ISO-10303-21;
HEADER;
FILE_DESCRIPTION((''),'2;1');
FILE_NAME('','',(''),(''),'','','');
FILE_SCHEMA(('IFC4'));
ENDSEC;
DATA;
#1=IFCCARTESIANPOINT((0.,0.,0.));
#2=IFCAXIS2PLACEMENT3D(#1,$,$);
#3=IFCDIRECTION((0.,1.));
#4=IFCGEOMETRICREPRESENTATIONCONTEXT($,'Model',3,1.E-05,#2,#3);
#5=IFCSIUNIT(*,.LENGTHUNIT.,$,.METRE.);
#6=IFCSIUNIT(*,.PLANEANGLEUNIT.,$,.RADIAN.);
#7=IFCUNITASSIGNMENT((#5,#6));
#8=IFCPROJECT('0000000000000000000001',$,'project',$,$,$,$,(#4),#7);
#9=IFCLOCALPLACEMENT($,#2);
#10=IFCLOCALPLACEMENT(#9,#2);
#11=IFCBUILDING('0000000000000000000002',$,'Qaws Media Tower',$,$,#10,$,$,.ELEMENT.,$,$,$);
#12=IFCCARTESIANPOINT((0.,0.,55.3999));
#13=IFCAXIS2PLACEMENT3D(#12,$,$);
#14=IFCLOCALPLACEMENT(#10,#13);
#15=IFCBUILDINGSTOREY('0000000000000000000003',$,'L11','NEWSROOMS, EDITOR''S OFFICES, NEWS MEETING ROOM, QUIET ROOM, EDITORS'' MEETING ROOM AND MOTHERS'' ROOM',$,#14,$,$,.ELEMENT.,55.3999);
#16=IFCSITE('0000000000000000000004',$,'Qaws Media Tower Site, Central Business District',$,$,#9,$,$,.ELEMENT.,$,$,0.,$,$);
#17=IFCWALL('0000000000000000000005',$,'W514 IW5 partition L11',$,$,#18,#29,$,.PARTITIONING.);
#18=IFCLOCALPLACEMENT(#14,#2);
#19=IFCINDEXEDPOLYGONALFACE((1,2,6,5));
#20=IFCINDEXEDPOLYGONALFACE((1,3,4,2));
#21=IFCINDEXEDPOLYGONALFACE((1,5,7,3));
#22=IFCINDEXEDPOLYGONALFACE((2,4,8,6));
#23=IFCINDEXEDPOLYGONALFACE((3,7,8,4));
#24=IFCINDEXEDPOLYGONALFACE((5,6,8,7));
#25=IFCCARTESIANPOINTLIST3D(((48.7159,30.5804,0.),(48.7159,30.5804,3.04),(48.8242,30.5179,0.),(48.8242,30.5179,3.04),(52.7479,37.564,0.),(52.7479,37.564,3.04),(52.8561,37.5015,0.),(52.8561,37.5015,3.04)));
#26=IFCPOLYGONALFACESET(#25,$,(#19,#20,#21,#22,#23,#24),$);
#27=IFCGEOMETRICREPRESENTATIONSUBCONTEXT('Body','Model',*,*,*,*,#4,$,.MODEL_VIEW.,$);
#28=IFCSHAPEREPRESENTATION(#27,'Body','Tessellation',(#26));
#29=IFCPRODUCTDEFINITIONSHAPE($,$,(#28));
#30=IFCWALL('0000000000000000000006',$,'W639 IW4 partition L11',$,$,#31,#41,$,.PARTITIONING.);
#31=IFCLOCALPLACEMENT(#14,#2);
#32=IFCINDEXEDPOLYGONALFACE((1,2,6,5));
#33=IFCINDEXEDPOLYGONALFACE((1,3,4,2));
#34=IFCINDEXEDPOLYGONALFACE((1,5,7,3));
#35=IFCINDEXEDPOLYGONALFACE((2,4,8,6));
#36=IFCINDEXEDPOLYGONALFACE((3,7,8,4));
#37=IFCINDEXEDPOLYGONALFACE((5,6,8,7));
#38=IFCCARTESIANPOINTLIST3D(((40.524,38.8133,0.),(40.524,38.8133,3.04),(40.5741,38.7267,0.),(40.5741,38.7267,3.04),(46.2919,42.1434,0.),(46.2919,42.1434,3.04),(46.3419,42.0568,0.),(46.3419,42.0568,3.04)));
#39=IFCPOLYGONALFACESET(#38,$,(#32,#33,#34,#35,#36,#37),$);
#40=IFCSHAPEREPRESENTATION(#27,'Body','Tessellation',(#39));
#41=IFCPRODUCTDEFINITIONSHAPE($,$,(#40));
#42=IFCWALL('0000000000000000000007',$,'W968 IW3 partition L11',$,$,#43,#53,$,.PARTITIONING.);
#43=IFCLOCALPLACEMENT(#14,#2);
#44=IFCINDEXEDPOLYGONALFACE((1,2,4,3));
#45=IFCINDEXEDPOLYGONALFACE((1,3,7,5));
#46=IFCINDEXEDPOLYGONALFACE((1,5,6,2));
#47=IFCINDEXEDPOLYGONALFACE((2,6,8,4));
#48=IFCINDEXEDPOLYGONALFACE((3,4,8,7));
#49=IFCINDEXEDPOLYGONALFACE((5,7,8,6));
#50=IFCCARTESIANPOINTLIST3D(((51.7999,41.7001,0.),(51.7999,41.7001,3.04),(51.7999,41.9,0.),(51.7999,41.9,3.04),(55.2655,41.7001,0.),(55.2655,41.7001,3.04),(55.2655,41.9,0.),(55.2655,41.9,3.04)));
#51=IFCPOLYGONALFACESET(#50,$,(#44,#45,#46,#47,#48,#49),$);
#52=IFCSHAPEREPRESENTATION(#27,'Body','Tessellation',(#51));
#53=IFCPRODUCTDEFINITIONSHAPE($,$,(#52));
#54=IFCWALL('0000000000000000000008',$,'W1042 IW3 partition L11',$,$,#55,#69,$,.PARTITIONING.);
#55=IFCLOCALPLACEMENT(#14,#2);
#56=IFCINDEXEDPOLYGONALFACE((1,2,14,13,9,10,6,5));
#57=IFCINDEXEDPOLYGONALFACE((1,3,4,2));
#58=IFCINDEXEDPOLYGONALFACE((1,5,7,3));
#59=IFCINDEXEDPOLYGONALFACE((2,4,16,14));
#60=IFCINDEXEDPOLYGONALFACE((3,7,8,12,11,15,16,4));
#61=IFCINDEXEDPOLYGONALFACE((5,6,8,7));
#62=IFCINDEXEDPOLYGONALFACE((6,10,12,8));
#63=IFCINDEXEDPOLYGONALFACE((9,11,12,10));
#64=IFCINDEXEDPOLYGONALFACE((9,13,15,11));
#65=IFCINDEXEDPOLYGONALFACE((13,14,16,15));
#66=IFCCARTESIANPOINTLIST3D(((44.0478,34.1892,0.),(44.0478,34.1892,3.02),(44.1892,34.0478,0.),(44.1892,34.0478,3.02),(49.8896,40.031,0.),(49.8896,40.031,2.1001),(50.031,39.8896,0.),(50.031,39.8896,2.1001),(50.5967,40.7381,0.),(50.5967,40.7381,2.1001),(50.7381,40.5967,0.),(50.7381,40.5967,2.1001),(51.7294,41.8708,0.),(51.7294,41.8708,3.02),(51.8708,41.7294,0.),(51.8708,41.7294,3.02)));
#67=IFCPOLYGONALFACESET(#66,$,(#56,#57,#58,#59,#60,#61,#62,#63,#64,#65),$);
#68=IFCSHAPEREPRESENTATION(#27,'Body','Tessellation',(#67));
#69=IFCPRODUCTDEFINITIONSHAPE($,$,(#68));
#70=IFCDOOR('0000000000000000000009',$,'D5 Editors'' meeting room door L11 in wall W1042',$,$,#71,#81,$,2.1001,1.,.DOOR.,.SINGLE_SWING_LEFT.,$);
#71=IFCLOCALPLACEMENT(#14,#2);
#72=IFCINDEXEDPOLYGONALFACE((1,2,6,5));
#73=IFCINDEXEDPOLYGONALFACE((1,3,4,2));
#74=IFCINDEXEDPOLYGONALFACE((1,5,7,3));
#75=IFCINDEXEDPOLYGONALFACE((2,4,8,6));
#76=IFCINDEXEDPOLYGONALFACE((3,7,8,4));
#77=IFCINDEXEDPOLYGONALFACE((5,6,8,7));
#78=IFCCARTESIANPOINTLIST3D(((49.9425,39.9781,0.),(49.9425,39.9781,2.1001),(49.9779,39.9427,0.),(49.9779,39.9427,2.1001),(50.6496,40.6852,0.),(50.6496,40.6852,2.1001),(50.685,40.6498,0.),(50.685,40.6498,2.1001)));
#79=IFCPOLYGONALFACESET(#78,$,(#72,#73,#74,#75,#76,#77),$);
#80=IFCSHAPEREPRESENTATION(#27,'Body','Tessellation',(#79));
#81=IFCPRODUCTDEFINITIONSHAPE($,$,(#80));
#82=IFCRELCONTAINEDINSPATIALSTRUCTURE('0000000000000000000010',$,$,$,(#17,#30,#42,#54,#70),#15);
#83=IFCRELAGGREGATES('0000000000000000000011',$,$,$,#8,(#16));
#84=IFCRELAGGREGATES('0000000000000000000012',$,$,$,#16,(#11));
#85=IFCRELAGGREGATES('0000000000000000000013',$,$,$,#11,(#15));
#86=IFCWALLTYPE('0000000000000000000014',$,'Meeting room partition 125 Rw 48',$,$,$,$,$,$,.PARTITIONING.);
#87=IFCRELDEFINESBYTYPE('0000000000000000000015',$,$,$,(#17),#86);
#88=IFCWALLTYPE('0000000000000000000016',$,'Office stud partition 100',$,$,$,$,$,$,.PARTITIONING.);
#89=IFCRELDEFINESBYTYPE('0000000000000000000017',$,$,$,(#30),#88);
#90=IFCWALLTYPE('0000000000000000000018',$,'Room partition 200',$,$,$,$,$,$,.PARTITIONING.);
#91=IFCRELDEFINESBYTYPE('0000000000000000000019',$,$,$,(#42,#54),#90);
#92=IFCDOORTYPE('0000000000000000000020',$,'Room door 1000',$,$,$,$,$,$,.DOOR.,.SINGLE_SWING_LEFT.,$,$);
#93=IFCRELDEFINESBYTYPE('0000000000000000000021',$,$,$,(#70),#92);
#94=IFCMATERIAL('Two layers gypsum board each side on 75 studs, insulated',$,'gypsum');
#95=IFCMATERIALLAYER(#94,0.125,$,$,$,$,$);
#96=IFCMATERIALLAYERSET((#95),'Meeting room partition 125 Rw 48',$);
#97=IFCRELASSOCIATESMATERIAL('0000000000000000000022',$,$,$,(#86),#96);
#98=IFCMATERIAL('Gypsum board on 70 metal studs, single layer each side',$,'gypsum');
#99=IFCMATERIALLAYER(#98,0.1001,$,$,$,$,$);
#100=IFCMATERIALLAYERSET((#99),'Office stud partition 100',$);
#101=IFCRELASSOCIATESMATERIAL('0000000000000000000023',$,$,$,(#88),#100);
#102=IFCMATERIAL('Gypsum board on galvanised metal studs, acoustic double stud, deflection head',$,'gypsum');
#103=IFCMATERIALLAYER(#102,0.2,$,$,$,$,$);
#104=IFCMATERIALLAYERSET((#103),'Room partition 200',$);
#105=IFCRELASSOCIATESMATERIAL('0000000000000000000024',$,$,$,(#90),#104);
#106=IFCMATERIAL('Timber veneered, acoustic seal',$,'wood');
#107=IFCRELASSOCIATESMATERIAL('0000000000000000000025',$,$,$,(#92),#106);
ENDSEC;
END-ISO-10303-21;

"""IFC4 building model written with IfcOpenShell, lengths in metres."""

from ifc_helpers import new_model, si_unit, direction, frame, frame_2d, origin, place, context, subcontext, project, spatial, rectangle, extrude, material, layer, layer_set, type_object, element, fill, save


model = new_model("IFC4")

# Units and contexts
model_context = context("Model", 3, precision=1e-05, world=origin(), true_north=direction((0.0, 1.0)))
body_context = subcontext(model_context, "Body", "Model", "MODEL_VIEW")
ifc_project = project(units=[si_unit("LENGTHUNIT", "METRE"), si_unit("PLANEANGLEUNIT", "RADIAN")], contexts=[model_context])

# Site, building, storey
site_placement = place(None, origin())
site = spatial("IfcSite", under=ifc_project, at=site_placement, Name="Qaws Media Tower Site, Central Business District", CompositionType="ELEMENT", RefElevation=0.0)
building_placement = place(site_placement, origin())
building = spatial("IfcBuilding", under=site, at=building_placement, Name="Qaws Media Tower", CompositionType="ELEMENT")
storey_placement = place(building_placement, frame((0.0, 0.0, 55.3999)))
storey = spatial("IfcBuildingStorey", under=building, at=storey_placement, Name="L11", Description="NEWSROOMS, EDITOR'S OFFICES, NEWS MEETING ROOM, QUIET ROOM, EDITORS' MEETING ROOM AND MOTHERS' ROOM", CompositionType="ELEMENT", Elevation=55.3999)

# Walls
ifc_material_1 = material(Name="Two layers gypsum board each side on 75 studs, insulated", Category="gypsum")
ifc_layer_1 = layer(ifc_material_1, 0.125)
ifc_layer_set_1 = layer_set([ifc_layer_1], Name="Meeting room partition 125 Rw 48")
wall_type_1 = type_object("IfcWallType", Name="Meeting room partition 125 Rw 48", PredefinedType="PARTITIONING", material=ifc_layer_set_1)
wall_1_placement = place(storey_placement, frame((52.802, 37.5327, 0.0), z_axis=(0.0, 0.0, 1.0), x_axis=(-0.499998, -0.866027, 0.0)))
element("IfcWall", 1, at=wall_1_placement, inside=storey, type_object=wall_type_1, Name="W514 IW5 partition L11", PredefinedType="PARTITIONING", context=body_context, shape_type="SweptSolid", body=[
    extrude(rectangle(XDim=8.064, YDim=0.125, at=frame_2d((4.032, 0.0))), origin(), (0.0, 0.0, 1.0), 3.04),
])
ifc_material_2 = material(Name="Gypsum board on 70 metal studs, single layer each side", Category="gypsum")
ifc_layer_2 = layer(ifc_material_2, 0.1001)
ifc_layer_set_2 = layer_set([ifc_layer_2], Name="Office stud partition 100")
wall_type_2 = type_object("IfcWallType", Name="Office stud partition 100", PredefinedType="PARTITIONING", material=ifc_layer_set_2)
wall_2_placement = place(storey_placement, frame((46.3169, 42.1001, 0.0), z_axis=(0.0, 0.0, 1.0), x_axis=(-0.866024, -0.500003, 0.0)))
element("IfcWall", 2, at=wall_2_placement, inside=storey, type_object=wall_type_2, Name="W639 IW4 partition L11", PredefinedType="PARTITIONING", context=body_context, shape_type="SweptSolid", body=[
    extrude(rectangle(XDim=6.6602, YDim=0.1001, at=frame_2d((3.3301, 0.0))), origin(), (0.0, 0.0, 1.0), 3.04),
])

# Shared definitions
ifc_material_3 = material(Name="Gypsum board on galvanised metal studs, acoustic double stud, deflection head", Category="gypsum")
ifc_layer_3 = layer(ifc_material_3, 0.2)
ifc_layer_set_3 = layer_set([ifc_layer_3], Name="Room partition 200")
wall_type_3 = type_object("IfcWallType", Name="Room partition 200", PredefinedType="PARTITIONING", material=ifc_layer_set_3)

# Wall
wall_3_placement = place(storey_placement, frame((55.2656, 41.8, 0.0), z_axis=(0.0, 0.0, 1.0), x_axis=(-1.0, 0.0, 0.0)))
element("IfcWall", 3, at=wall_3_placement, inside=storey, type_object=wall_type_3, Name="W968 IW3 partition L11", PredefinedType="PARTITIONING", context=body_context, shape_type="SweptSolid", body=[
    extrude(rectangle(XDim=3.4656, YDim=0.2, at=frame_2d((1.7329, 0.0))), origin(), (0.0, 0.0, 1.0), 3.04),
])

# Wall, opening, door
wall_4_placement = place(storey_placement, frame((51.8, 41.8, 0.0), z_axis=(0.0, 0.0, 1.0), x_axis=(-0.707107, -0.707107, 0.0)))
wall_4 = element("IfcWall", 4, at=wall_4_placement, inside=storey, type_object=wall_type_3, Name="W1042 IW3 partition L11", PredefinedType="PARTITIONING", context=body_context, shape_type="SweptSolid", body=[
    extrude(rectangle(XDim=10.8635, YDim=0.2, at=frame_2d((5.4316, 0.0))), origin(), (0.0, 0.0, 1.0), 3.02),
])
opening_1_placement = place(wall_4_placement, frame((1.6018, 0.0, 0.0)))
opening_1 = element("IfcOpeningElement", 5, at=opening_1_placement, cuts=wall_4, PredefinedType="OPENING", context=body_context, shape_type="SweptSolid", body=[
    extrude(rectangle(XDim=1.0, YDim=2.1001, at=frame_2d((0.5, 1.05))), frame((0.0, 0.1099, 0.0), z_axis=(0.0, -1.0, 0.0), x_axis=(1.0, 0.0, 0.0)), (0.0, 0.0, 1.0), 0.22),
])
ifc_material_4 = material(Name="Timber veneered, acoustic seal", Category="wood")
door_type_1 = type_object("IfcDoorType", Name="Room door 1000", OperationType="SINGLE_SWING_LEFT", PredefinedType="DOOR", material=ifc_material_4)
door_1_placement = place(opening_1_placement, origin())
door_1 = element("IfcDoor", 6, at=door_1_placement, inside=storey, type_object=door_type_1, Name="D5 Editors' meeting room door L11 in wall W1042", OperationType="SINGLE_SWING_LEFT", OverallHeight=2.1001, OverallWidth=1.0, PredefinedType="DOOR", context=body_context, shape_type="SweptSolid", body=[
    extrude(rectangle(XDim=1.0, YDim=2.1001, at=frame_2d((0.5, 1.05))), frame((0.0, 0.0249, 0.0), z_axis=(0.0, -1.0, 0.0), x_axis=(1.0, 0.0, 0.0)), (0.0, 0.0, 1.0), 0.05),
])
fill(opening_1, door_1)

save(model, "model.ifc")
